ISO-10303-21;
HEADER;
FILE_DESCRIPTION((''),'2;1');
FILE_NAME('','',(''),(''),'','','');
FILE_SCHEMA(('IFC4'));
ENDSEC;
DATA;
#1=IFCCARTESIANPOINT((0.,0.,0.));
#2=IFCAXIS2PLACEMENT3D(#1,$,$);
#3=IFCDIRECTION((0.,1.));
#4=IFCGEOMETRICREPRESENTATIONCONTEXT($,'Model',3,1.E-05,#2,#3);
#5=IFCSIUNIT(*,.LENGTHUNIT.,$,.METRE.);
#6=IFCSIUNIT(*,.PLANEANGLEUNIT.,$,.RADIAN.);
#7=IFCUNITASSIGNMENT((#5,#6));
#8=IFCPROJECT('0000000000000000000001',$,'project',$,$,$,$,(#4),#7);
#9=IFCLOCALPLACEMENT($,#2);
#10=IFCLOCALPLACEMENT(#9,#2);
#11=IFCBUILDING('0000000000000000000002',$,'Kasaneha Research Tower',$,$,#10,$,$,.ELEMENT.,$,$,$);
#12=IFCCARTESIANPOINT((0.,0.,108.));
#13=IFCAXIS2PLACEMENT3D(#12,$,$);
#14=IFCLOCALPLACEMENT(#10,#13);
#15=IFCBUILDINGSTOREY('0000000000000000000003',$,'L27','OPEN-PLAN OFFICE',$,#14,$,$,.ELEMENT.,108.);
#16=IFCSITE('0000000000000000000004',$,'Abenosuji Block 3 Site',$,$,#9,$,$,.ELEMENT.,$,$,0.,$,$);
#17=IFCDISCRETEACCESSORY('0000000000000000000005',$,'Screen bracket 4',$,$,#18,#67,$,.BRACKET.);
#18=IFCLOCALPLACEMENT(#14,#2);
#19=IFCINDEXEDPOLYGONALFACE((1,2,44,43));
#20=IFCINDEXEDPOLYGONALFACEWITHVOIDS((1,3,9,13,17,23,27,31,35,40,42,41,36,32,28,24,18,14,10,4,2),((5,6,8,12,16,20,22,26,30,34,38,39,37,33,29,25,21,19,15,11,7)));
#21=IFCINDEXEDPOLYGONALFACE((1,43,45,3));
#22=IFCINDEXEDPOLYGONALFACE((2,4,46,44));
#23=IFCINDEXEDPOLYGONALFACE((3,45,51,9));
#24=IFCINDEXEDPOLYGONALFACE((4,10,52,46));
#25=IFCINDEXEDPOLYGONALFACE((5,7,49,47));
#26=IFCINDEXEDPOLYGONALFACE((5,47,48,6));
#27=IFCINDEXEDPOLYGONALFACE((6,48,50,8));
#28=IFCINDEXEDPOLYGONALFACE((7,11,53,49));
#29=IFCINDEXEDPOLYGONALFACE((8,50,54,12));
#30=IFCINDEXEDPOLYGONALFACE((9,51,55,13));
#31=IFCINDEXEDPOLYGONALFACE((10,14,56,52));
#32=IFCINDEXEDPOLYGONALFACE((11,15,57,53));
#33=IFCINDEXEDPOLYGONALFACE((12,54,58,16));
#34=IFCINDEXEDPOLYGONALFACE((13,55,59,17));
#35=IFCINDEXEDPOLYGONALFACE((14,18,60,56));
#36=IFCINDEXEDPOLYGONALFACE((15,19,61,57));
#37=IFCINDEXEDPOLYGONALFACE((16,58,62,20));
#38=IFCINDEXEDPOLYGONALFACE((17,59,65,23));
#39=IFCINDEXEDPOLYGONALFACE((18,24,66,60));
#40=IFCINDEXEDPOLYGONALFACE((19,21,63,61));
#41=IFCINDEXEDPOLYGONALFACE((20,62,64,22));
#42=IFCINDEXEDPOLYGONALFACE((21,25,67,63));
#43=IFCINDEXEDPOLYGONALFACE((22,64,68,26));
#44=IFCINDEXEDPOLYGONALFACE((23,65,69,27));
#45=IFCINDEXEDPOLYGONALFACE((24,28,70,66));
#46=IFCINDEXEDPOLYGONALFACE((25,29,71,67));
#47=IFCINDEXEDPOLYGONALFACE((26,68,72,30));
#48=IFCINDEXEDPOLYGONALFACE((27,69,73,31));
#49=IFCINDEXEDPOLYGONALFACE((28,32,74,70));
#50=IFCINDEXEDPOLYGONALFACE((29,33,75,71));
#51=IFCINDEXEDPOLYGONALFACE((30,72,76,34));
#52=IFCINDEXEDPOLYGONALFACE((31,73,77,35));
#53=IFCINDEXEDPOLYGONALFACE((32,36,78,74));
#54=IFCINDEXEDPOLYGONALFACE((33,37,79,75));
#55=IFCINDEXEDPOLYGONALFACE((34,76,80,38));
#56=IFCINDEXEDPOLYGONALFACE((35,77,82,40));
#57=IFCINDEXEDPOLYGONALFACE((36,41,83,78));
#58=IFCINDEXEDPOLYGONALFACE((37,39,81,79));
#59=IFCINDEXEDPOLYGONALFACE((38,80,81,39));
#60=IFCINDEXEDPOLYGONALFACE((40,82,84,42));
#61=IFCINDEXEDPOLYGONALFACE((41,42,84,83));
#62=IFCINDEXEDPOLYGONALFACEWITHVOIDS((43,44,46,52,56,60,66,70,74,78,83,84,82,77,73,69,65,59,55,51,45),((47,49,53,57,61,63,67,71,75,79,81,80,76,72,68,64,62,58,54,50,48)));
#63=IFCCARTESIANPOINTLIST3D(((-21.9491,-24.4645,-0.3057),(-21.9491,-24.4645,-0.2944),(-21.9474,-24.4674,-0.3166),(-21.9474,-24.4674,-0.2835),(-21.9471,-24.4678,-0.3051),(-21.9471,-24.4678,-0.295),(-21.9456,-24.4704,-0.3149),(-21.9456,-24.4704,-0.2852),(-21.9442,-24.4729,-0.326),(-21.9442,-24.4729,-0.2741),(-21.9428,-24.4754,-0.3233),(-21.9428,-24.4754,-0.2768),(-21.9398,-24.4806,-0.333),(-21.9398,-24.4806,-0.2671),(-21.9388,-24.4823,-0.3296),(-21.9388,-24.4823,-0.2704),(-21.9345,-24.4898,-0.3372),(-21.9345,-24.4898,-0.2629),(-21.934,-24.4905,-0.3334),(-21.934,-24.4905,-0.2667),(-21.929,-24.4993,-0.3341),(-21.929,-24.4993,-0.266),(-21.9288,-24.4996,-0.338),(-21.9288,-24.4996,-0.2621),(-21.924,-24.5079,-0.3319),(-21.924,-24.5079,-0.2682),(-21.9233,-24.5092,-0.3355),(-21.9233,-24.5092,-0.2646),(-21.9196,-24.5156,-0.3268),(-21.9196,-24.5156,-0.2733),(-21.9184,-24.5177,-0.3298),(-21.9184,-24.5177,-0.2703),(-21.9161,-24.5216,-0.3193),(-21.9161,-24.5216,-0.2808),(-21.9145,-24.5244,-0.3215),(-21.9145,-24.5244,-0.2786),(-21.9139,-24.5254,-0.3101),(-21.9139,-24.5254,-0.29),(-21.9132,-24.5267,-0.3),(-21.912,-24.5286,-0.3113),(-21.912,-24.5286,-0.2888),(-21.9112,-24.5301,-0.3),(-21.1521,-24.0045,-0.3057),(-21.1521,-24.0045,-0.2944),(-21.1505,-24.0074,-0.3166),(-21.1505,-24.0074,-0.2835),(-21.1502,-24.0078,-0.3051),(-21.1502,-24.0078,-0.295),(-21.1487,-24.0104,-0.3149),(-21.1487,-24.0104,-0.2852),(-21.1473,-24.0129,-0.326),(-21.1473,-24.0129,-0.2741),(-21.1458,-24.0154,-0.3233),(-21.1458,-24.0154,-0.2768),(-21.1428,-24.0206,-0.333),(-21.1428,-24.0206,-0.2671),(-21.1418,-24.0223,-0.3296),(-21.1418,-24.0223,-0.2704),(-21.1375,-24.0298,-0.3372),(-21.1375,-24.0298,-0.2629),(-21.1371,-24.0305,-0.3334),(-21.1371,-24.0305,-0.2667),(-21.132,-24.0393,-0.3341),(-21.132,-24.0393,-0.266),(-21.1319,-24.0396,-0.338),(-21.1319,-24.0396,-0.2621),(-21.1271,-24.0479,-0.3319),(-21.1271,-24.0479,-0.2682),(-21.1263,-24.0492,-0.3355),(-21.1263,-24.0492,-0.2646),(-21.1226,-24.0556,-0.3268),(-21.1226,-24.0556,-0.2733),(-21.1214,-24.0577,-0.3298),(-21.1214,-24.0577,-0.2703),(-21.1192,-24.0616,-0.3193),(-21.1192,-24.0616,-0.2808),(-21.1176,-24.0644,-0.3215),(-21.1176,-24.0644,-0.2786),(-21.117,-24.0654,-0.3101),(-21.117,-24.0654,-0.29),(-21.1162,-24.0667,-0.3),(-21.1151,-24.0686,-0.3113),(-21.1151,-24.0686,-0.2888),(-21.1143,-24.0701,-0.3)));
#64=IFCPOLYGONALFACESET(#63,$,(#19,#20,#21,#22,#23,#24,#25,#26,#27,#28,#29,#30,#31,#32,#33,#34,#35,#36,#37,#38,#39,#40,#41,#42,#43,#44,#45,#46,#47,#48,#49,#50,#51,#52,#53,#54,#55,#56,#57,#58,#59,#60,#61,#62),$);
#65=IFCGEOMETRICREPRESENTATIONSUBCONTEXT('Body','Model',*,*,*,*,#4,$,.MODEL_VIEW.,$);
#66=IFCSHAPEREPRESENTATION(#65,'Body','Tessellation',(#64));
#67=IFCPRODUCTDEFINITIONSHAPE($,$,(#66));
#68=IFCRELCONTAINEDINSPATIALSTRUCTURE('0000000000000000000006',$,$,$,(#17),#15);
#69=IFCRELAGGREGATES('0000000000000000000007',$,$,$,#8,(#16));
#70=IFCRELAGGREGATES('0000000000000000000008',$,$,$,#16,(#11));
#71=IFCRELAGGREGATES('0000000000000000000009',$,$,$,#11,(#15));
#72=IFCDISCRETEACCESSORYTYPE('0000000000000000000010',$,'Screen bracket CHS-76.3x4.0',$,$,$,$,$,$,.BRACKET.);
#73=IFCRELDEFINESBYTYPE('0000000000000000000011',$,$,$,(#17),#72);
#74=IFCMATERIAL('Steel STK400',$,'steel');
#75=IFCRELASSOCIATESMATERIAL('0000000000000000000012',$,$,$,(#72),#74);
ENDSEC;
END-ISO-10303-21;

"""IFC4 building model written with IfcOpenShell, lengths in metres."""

from ifc_helpers import new_model, si_unit, direction, frame, origin, origin_2d, place, context, subcontext, project, spatial, hollow_circle, extrude, material, material_profile, profile_set, type_object, element, save


model = new_model("IFC4")

# Units and contexts
model_context = context("Model", 3, precision=1e-05, world=origin(), true_north=direction((0.0, 1.0)))
body_context = subcontext(model_context, "Body", "Model", "MODEL_VIEW")
ifc_project = project(units=[si_unit("LENGTHUNIT", "METRE"), si_unit("PLANEANGLEUNIT", "RADIAN")], contexts=[model_context])

# Site, building, storey
site_placement = place(None, origin())
site = spatial("IfcSite", under=ifc_project, at=site_placement, Name="Abenosuji Block 3 Site", CompositionType="ELEMENT", RefElevation=0.0)
building_placement = place(site_placement, origin())
building = spatial("IfcBuilding", under=site, at=building_placement, Name="Kasaneha Research Tower", CompositionType="ELEMENT")
storey_placement = place(building_placement, frame((0.0, 0.0, 108.0)))
storey = spatial("IfcBuildingStorey", under=building, at=storey_placement, Name="L27", Description="OPEN-PLAN OFFICE", CompositionType="ELEMENT", Elevation=108.0)

# Discrete accessory
ifc_material_1 = material(Name="Steel STK400", Category="steel")
ifc_material_profile_1 = material_profile(ifc_material_1, hollow_circle(Radius=0.0381, WallThickness=0.0039, at=origin_2d()), Name="CHS-76.3x4.0")
ifc_profile_set_1 = profile_set([ifc_material_profile_1], Name="Steel STK400")
discrete_accessory_type = type_object("IfcDiscreteAccessoryType", Name="Screen bracket CHS-76.3x4.0", PredefinedType="BRACKET", material=ifc_profile_set_1)
for number, where, z_axis, x_axis, name in (
    (1, (-21.1333, -24.0371, -0.3), (-0.86608, -0.499906, 0.0), (0.499906, -0.86608, 0.0), "Screen bracket 4"),
):
    element("IfcDiscreteAccessory", number, at=place(storey_placement, frame(where, z_axis=z_axis, x_axis=x_axis)), inside=storey, type_object=discrete_accessory_type, Name=name, PredefinedType="BRACKET", context=body_context, shape_type="SweptSolid", body=[
        extrude(hollow_circle(Radius=0.0381, WallThickness=0.0039, at=origin_2d()), origin(), (0.0, 0.0, 1.0), 0.9202),
    ])

save(model, "model.ifc")
